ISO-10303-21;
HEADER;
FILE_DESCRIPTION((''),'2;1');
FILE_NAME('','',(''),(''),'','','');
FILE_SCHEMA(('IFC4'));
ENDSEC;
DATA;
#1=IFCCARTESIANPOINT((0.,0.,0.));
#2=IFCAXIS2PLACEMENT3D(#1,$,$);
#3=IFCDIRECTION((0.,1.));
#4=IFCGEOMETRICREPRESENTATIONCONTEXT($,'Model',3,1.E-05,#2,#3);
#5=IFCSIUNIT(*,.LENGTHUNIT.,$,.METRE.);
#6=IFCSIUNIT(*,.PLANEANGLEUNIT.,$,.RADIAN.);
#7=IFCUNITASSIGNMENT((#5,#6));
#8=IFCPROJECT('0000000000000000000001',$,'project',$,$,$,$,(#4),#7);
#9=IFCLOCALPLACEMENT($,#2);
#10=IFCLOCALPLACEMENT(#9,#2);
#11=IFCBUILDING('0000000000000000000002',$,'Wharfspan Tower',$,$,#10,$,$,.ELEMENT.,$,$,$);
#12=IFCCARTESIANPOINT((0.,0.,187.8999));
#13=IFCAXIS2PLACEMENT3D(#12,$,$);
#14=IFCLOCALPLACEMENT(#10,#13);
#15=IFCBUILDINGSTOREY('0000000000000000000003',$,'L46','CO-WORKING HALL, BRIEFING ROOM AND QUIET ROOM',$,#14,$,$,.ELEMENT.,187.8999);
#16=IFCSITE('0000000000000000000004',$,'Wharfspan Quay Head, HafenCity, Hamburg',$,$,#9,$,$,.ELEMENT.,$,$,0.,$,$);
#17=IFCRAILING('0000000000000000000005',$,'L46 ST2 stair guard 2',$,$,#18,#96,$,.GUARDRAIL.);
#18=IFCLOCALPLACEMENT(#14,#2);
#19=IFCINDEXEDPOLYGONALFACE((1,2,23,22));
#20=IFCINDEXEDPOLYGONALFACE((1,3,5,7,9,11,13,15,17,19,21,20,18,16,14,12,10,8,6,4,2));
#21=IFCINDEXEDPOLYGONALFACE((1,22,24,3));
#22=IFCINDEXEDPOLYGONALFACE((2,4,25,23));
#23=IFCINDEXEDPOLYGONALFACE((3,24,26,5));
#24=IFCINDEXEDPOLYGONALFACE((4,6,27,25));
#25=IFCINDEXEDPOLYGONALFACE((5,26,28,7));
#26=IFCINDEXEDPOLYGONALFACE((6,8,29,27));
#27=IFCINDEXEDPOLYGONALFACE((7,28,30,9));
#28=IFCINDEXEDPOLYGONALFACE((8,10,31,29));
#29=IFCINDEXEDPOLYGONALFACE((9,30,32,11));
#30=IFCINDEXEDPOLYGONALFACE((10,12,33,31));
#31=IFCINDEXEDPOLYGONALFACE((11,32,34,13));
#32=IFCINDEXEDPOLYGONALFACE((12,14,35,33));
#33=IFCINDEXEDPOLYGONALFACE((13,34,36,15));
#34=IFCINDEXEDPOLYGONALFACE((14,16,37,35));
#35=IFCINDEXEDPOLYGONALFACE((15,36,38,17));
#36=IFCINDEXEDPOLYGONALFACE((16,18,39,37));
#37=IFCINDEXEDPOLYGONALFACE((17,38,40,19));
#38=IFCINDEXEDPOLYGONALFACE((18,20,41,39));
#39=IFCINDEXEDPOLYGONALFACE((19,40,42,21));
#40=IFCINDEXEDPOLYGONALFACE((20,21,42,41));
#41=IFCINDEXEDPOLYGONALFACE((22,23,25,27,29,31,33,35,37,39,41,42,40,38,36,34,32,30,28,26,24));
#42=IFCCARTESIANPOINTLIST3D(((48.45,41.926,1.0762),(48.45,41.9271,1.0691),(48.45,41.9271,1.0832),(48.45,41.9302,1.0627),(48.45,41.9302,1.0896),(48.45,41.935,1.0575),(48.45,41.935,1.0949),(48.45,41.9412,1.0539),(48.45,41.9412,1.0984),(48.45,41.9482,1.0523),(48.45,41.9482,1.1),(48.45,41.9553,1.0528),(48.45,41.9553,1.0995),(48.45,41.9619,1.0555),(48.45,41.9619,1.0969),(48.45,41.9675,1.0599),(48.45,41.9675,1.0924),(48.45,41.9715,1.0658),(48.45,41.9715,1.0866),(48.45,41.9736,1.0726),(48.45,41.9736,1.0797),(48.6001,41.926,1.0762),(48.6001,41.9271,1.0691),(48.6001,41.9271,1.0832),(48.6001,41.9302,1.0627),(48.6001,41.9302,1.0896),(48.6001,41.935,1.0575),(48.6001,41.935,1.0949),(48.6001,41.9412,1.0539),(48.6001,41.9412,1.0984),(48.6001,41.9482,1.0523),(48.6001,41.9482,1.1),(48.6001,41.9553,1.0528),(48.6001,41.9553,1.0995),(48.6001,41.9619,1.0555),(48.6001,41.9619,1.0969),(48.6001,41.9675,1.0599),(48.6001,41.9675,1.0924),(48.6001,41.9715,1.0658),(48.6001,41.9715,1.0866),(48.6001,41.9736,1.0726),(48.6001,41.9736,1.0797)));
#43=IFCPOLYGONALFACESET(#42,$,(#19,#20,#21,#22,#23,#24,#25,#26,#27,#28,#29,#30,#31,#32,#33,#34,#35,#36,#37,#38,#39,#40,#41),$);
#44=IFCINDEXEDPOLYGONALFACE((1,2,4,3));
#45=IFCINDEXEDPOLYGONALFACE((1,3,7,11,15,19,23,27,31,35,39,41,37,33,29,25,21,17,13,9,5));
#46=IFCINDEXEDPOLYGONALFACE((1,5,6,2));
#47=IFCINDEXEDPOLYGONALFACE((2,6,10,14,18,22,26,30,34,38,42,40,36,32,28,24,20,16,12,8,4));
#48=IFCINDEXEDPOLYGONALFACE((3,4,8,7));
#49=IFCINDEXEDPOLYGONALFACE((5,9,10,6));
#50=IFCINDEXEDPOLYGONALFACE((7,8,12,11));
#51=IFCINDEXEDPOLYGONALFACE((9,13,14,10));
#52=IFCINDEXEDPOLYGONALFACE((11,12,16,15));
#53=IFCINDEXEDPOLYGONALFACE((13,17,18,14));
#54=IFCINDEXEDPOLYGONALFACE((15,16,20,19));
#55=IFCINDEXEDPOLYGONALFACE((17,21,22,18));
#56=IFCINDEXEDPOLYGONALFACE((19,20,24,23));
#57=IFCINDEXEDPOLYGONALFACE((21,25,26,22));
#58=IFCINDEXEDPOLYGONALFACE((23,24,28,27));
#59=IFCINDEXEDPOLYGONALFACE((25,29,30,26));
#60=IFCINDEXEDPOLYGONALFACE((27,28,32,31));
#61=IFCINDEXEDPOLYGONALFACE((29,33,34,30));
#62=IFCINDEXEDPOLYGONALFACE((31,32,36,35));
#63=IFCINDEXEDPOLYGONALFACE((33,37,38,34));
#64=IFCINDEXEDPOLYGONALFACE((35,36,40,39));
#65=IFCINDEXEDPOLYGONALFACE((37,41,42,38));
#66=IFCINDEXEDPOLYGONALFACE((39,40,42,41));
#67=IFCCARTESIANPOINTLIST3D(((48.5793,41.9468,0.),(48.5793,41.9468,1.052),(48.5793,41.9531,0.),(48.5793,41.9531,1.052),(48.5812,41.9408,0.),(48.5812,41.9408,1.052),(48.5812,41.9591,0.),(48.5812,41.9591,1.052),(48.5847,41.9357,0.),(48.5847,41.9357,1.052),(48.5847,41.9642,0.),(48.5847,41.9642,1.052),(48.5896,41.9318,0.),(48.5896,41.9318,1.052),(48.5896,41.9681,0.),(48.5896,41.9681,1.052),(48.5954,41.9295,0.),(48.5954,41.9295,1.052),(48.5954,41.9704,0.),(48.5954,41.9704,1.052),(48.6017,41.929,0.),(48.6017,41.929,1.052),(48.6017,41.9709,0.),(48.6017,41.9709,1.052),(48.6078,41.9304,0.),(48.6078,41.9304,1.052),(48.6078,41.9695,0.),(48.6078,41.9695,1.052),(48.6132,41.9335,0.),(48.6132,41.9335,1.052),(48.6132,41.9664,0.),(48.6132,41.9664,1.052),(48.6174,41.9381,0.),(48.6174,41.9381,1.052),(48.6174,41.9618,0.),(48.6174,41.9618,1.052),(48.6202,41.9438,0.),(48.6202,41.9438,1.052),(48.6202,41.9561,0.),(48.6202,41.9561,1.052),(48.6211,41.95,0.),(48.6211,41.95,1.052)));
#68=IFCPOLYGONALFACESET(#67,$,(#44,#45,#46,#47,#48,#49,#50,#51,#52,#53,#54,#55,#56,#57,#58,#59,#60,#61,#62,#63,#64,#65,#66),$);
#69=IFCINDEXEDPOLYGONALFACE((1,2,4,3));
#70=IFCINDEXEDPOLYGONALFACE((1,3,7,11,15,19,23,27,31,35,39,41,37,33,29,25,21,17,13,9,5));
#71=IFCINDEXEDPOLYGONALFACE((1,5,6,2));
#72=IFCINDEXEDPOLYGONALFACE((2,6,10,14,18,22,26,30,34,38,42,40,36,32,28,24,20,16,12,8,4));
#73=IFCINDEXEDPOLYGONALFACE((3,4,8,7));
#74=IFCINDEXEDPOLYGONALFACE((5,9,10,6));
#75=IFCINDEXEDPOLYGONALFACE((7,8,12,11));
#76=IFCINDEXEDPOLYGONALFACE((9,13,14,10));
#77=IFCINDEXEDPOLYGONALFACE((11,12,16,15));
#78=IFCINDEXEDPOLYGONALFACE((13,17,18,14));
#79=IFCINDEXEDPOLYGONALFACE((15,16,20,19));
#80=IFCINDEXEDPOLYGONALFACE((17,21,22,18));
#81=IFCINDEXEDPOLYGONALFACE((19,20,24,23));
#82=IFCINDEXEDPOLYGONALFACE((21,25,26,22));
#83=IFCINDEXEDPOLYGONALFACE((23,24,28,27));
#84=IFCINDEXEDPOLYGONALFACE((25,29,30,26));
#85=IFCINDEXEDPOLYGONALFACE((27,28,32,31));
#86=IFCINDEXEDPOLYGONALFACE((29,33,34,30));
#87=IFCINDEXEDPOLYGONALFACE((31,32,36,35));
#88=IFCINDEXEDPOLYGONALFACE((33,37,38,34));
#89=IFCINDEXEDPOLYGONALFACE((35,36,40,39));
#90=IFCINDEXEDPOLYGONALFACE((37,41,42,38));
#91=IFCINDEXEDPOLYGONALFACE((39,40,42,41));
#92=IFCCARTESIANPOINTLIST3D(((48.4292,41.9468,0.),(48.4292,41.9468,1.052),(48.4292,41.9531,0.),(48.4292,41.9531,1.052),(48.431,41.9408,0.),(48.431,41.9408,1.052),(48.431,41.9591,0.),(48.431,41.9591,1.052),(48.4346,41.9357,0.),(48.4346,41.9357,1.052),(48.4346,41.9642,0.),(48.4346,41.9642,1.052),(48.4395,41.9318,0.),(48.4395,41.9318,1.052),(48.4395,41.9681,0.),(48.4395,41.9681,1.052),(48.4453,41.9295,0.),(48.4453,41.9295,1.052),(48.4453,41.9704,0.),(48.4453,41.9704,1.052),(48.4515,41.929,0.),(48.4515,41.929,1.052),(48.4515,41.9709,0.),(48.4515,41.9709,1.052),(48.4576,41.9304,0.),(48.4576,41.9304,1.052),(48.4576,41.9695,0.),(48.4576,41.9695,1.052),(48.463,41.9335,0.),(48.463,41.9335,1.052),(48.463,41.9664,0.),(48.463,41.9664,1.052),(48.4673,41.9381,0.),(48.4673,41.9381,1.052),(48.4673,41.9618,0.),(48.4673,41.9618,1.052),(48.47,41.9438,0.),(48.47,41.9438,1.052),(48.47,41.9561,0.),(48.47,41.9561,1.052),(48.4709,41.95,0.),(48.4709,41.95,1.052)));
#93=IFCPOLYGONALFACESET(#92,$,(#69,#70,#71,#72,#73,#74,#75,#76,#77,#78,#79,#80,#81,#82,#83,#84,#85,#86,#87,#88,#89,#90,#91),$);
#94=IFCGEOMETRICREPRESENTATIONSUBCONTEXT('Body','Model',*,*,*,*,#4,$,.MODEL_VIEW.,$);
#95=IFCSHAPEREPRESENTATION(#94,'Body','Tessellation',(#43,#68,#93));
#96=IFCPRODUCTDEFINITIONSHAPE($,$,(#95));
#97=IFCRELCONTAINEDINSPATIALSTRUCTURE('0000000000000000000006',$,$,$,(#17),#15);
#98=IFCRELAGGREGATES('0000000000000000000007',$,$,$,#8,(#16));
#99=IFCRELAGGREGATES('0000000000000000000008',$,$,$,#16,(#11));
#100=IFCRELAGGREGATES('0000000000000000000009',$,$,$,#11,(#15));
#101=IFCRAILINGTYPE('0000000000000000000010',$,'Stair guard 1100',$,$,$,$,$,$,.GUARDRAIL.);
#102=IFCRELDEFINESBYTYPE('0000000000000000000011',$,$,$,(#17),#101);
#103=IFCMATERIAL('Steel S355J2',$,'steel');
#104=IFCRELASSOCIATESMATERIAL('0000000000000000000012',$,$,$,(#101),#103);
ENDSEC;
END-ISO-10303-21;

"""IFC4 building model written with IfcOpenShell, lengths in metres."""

from ifc_helpers import new_model, si_unit, direction, frame, origin, origin_2d, place, context, subcontext, project, spatial, circle, extrude, material, type_object, element, save


model = new_model("IFC4")

# Units and contexts
model_context = context("Model", 3, precision=1e-05, world=origin(), true_north=direction((0.0, 1.0)))
body_context = subcontext(model_context, "Body", "Model", "MODEL_VIEW")
ifc_project = project(units=[si_unit("LENGTHUNIT", "METRE"), si_unit("PLANEANGLEUNIT", "RADIAN")], contexts=[model_context])

# Site, building, storey
site_placement = place(None, origin())
site = spatial("IfcSite", under=ifc_project, at=site_placement, Name="Wharfspan Quay Head, HafenCity, Hamburg", CompositionType="ELEMENT", RefElevation=0.0)
building_placement = place(site_placement, origin())
building = spatial("IfcBuilding", under=site, at=building_placement, Name="Wharfspan Tower", CompositionType="ELEMENT")
storey_placement = place(building_placement, frame((0.0, 0.0, 187.8999)))
storey = spatial("IfcBuildingStorey", under=building, at=storey_placement, Name="L46", Description="CO-WORKING HALL, BRIEFING ROOM AND QUIET ROOM", CompositionType="ELEMENT", Elevation=187.8999)

# Shared definitions
ifc_material_1 = material(Name="Steel S355J2", Category="steel")

# Railing
railing_type_1 = type_object("IfcRailingType", Name="Stair guard 1100", PredefinedType="GUARDRAIL", material=ifc_material_1)
railing_1_placement = place(storey_placement, frame((48.6001, 41.95, 0.0)))
element("IfcRailing", 1, at=railing_1_placement, inside=storey, type_object=railing_type_1, Name="L46 ST2 stair guard 2", PredefinedType="GUARDRAIL", context=body_context, shape_type="SweptSolid", body=[
    extrude(circle(Radius=0.0239, at=origin_2d()), frame((0.0, 0.0, 1.0762), z_axis=(-1.0, 0.0, 0.0), x_axis=(0.0, -1.0, 0.0)), (0.0, 0.0, 1.0), 0.1501),
    extrude(circle(Radius=0.021, at=origin_2d()), origin(), (0.0, 0.0, 1.0), 1.052),
    extrude(circle(Radius=0.021, at=origin_2d()), frame((-0.1501, 0.0, 0.0)), (0.0, 0.0, 1.0), 1.052),
])

save(model, "model.ifc")
